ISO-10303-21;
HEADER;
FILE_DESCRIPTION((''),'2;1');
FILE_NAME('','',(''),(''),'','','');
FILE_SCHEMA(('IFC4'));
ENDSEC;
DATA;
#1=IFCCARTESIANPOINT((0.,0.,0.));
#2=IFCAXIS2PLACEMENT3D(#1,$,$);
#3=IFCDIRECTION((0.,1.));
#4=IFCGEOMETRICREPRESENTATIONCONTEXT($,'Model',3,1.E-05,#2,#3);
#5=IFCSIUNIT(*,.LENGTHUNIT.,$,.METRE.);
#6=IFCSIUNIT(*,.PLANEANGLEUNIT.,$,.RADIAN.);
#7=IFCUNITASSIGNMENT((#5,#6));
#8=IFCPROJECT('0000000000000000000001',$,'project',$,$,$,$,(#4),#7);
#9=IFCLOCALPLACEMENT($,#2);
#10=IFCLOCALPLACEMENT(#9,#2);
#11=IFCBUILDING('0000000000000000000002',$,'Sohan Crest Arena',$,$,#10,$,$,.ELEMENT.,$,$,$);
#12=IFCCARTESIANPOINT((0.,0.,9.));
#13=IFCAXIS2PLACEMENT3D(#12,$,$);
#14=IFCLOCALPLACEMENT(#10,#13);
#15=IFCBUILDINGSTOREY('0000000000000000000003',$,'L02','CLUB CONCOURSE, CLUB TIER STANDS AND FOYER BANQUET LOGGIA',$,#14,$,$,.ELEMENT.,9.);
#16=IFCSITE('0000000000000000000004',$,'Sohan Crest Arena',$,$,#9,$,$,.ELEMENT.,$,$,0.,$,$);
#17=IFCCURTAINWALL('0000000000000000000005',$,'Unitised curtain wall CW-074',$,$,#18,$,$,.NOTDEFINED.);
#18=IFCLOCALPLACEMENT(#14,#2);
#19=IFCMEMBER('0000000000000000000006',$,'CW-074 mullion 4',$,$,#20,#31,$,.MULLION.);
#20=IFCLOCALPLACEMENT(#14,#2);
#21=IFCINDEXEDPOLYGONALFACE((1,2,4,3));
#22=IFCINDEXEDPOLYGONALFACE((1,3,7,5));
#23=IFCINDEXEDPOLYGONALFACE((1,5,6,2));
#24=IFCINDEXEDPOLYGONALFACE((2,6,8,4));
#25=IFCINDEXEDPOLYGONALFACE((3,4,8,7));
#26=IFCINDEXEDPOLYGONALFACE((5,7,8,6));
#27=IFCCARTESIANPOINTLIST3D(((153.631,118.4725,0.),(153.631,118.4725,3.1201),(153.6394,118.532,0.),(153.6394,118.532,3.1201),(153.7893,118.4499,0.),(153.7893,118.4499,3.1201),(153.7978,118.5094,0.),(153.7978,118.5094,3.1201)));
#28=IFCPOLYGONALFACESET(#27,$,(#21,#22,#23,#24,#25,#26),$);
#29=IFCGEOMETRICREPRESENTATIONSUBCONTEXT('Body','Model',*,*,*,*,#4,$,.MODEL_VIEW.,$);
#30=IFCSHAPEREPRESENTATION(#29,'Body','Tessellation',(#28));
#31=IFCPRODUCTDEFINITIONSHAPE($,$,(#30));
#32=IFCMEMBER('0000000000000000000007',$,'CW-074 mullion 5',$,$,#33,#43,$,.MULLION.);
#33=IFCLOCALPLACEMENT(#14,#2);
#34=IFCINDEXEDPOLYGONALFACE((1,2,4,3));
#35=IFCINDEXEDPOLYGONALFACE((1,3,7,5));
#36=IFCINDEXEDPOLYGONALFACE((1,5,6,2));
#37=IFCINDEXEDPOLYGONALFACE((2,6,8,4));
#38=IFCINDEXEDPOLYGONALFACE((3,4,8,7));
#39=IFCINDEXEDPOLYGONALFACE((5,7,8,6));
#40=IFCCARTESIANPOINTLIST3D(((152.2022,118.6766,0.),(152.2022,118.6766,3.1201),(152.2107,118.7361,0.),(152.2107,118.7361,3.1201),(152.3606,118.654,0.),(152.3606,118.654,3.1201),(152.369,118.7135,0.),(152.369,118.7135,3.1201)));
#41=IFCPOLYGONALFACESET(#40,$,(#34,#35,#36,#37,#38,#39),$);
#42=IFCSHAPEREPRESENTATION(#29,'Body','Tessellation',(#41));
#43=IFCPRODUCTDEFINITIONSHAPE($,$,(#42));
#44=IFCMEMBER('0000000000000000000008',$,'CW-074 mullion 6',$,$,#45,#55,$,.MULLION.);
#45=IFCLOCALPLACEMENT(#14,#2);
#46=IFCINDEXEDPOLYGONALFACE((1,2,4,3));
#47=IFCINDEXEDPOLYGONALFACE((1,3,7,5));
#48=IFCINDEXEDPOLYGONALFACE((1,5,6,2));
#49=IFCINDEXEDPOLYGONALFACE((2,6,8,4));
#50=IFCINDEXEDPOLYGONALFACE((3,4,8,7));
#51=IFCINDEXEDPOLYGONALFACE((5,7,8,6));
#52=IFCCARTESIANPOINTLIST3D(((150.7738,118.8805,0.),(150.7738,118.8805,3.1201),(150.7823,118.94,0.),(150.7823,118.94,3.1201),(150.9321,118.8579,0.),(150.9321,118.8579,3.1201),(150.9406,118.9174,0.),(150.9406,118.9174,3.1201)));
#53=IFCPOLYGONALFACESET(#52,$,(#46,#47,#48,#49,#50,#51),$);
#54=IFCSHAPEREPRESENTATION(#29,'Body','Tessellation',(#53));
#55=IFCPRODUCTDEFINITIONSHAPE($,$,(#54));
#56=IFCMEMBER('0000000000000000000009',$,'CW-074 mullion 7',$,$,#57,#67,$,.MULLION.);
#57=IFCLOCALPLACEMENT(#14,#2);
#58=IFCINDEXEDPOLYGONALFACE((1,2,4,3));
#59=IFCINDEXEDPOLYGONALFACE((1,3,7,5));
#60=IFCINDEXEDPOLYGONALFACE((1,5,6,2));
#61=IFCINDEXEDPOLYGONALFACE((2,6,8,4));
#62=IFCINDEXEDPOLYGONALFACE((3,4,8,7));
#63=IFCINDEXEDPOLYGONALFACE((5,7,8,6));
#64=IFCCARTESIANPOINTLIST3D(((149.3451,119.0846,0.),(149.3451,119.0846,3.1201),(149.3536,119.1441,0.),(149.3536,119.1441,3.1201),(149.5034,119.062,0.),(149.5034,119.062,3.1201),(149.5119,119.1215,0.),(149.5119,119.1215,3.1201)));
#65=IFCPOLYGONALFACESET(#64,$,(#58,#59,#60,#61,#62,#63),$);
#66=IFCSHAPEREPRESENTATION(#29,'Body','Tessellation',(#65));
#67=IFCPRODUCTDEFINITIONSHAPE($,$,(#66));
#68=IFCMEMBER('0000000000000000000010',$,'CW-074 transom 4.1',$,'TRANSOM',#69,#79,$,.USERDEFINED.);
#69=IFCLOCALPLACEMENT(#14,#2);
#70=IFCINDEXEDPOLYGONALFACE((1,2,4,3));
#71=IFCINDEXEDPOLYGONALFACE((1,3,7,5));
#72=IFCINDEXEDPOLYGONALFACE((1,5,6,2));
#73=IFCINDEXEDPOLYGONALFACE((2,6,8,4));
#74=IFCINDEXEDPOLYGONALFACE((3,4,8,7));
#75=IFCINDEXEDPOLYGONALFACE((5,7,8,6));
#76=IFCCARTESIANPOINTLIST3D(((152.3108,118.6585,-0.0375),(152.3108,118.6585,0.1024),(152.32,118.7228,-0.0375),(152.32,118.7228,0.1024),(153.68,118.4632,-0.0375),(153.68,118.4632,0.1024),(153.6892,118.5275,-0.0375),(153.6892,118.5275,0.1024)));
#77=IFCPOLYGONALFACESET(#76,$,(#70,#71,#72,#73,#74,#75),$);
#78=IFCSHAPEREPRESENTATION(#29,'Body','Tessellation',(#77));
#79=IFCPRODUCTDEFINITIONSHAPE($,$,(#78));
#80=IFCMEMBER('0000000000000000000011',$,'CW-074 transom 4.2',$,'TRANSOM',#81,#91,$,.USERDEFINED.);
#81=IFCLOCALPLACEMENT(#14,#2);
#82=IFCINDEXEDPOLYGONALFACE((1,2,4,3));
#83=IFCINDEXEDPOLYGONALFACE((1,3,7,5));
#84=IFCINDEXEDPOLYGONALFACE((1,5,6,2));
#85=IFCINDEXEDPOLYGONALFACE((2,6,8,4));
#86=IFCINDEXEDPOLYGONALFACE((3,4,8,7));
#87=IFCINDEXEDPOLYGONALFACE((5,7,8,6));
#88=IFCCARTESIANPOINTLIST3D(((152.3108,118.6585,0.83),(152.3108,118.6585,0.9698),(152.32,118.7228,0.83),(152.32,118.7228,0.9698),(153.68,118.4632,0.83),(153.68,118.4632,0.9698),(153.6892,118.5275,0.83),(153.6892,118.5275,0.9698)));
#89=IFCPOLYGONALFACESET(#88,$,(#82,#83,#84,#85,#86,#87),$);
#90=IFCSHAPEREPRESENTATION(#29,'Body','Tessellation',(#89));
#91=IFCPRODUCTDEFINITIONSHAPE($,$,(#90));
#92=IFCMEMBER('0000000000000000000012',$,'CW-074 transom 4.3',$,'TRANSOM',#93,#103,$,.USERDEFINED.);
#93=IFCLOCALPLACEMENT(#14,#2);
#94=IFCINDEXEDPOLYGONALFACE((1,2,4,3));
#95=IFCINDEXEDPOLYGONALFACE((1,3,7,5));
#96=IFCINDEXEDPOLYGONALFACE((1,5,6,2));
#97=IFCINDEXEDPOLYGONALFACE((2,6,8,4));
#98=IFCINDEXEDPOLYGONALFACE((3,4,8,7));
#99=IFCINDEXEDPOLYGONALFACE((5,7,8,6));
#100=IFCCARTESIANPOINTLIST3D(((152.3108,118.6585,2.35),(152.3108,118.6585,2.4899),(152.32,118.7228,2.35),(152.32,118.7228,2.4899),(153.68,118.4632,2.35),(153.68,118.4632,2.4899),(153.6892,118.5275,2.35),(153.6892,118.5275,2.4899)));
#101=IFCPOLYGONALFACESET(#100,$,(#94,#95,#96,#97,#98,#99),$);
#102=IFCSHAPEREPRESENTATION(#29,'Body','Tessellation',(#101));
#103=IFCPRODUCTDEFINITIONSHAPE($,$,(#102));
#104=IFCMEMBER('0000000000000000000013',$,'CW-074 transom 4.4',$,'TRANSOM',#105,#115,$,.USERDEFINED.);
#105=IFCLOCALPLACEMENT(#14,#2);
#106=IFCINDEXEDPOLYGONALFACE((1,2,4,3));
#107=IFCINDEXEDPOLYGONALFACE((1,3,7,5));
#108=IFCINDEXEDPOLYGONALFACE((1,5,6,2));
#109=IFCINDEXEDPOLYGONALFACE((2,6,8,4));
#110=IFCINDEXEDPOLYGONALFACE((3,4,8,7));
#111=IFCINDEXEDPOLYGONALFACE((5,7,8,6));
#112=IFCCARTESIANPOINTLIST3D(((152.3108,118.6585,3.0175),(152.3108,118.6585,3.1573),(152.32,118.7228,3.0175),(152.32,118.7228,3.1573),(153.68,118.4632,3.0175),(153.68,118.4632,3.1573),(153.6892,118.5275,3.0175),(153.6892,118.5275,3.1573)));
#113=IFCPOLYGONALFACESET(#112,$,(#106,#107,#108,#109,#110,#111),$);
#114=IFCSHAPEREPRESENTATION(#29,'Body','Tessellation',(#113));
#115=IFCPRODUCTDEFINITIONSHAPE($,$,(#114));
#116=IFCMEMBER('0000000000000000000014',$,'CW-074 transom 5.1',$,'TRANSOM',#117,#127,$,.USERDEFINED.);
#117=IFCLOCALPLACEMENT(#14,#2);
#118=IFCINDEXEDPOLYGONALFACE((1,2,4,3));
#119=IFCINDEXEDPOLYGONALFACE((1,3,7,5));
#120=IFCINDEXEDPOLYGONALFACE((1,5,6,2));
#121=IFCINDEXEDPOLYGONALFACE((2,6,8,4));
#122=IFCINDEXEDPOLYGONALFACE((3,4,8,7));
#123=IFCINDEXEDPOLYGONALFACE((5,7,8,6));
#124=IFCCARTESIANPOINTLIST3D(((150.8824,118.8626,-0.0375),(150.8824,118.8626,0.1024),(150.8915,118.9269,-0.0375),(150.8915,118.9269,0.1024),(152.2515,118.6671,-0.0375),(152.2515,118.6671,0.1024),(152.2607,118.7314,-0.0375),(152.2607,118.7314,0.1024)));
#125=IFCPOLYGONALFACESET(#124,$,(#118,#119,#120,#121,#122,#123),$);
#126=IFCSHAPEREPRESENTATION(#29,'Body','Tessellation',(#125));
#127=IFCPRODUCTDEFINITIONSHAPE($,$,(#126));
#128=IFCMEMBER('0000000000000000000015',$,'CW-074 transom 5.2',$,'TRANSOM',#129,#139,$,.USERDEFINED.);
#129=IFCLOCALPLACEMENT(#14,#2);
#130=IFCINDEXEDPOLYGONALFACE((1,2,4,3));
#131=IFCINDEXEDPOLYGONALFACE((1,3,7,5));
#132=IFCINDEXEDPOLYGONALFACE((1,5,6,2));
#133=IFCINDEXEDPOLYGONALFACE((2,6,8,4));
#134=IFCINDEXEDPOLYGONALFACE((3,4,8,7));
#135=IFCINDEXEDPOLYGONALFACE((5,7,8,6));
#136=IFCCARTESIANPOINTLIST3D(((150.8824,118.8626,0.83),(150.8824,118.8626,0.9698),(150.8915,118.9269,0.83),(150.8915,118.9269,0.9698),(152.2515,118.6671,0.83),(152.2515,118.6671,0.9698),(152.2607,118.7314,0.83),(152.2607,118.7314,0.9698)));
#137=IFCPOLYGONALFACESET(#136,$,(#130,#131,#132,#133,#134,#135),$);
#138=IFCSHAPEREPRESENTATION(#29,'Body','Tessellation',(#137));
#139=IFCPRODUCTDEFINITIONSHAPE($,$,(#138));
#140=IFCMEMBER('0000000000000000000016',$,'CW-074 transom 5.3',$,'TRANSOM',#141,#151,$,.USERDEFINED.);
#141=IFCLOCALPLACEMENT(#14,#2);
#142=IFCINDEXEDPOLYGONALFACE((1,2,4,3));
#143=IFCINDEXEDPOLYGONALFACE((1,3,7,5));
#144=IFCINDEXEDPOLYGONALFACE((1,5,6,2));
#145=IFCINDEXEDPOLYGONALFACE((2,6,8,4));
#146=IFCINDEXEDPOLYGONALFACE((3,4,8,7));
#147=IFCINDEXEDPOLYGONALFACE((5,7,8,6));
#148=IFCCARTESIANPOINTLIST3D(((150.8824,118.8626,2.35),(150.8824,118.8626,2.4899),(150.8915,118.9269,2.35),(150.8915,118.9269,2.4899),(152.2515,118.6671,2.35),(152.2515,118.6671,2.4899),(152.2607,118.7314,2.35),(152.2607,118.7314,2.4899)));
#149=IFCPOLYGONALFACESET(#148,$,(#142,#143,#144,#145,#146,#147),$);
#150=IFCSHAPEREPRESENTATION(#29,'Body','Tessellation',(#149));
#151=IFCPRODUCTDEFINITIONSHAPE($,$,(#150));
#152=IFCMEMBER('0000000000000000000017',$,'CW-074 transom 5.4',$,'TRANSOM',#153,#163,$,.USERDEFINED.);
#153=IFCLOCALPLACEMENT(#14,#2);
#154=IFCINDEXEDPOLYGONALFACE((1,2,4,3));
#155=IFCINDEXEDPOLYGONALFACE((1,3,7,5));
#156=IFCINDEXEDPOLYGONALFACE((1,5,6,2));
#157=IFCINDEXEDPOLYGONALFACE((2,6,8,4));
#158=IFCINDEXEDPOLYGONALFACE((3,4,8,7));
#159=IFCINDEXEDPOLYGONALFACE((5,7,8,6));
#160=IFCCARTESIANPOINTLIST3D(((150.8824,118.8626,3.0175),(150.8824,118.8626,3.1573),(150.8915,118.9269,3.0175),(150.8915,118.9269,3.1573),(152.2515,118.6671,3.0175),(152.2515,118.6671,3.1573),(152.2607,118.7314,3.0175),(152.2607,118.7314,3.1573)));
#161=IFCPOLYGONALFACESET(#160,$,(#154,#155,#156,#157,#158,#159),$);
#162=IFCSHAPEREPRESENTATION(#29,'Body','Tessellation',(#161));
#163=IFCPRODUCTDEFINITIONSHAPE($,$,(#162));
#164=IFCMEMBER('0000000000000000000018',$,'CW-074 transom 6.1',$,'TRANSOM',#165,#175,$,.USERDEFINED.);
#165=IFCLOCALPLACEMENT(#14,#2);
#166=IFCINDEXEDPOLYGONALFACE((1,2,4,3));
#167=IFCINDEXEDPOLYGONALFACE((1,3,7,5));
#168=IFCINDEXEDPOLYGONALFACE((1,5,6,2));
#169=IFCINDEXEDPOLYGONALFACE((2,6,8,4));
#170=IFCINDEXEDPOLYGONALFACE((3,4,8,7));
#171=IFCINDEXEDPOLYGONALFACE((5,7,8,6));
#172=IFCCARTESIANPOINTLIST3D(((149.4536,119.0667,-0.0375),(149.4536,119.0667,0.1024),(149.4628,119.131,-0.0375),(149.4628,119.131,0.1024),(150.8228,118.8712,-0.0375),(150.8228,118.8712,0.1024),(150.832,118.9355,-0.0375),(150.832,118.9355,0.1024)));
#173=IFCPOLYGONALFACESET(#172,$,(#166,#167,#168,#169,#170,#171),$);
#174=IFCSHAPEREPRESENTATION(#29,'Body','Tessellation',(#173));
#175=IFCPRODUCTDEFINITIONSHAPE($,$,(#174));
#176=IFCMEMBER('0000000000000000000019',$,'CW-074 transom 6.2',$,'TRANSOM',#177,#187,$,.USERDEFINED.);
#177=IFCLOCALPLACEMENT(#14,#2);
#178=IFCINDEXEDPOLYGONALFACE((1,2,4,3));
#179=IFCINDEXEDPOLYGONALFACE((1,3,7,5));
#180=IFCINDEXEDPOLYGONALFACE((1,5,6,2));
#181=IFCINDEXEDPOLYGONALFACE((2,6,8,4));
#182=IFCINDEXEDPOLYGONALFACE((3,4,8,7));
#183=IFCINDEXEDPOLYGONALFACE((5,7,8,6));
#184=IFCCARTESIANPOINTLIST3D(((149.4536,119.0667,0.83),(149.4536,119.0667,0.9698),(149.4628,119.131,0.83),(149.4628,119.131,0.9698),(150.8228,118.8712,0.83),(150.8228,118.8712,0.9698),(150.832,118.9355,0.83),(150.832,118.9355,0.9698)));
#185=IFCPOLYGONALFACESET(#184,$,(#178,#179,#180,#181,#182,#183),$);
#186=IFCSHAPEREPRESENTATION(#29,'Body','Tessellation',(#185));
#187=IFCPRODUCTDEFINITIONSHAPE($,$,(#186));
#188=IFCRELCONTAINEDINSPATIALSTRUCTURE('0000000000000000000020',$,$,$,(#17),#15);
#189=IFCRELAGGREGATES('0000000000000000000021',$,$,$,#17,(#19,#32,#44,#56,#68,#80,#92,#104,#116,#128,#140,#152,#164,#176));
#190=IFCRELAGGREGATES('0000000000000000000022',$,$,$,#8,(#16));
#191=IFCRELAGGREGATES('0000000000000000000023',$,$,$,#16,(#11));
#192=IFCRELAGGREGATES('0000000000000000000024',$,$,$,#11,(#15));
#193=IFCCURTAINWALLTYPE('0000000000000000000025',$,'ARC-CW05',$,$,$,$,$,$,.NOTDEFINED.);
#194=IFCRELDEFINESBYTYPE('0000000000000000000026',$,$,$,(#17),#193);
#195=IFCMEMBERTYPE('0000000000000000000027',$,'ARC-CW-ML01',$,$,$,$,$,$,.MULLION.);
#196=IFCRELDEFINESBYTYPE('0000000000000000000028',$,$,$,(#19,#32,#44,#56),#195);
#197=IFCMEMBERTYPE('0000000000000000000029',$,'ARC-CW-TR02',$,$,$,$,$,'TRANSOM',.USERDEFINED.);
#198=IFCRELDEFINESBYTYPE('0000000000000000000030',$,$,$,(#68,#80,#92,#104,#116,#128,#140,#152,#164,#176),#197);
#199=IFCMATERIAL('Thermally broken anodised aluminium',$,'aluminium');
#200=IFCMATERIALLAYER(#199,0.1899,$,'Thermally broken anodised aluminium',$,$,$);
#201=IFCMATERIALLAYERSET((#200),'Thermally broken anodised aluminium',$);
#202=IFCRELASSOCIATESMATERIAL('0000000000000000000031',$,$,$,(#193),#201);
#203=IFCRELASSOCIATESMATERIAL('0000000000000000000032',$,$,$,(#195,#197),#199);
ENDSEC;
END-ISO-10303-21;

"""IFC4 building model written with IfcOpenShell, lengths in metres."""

from ifc_helpers import new_model, si_unit, direction, frame, origin, origin_2d, place, context, subcontext, project, spatial, rectangle, extrude, material, layer, layer_set, material_profile, profile_set, type_object, element, aggregate, save


model = new_model("IFC4")

# Units and contexts
model_context = context("Model", 3, precision=1e-05, world=origin(), true_north=direction((0.0, 1.0)))
body_context = subcontext(model_context, "Body", "Model", "MODEL_VIEW")
ifc_project = project(units=[si_unit("LENGTHUNIT", "METRE"), si_unit("PLANEANGLEUNIT", "RADIAN")], contexts=[model_context])

# Site, building, storey
site_placement = place(None, origin())
site = spatial("IfcSite", under=ifc_project, at=site_placement, Name="Sohan Crest Arena", CompositionType="ELEMENT", RefElevation=0.0)
building_placement = place(site_placement, origin())
building = spatial("IfcBuilding", under=site, at=building_placement, Name="Sohan Crest Arena", CompositionType="ELEMENT")
storey_placement = place(building_placement, frame((0.0, 0.0, 9.0)))
storey = spatial("IfcBuildingStorey", under=building, at=storey_placement, Name="L02", Description="CLUB CONCOURSE, CLUB TIER STANDS AND FOYER BANQUET LOGGIA", CompositionType="ELEMENT", Elevation=9.0)

# Curtain wall, members
ifc_material_1 = material(Name="Thermally broken anodised aluminium", Category="aluminium")
ifc_layer_1 = layer(ifc_material_1, 0.1899, Name="Thermally broken anodised aluminium")
ifc_layer_set_1 = layer_set([ifc_layer_1], Name="Thermally broken anodised aluminium")
curtain_wall_type = type_object("IfcCurtainWallType", Name="ARC-CW05", PredefinedType="NOTDEFINED", material=ifc_layer_set_1)
curtain_wall_placement = place(storey_placement, origin())
curtain_wall = element("IfcCurtainWall", 1, at=curtain_wall_placement, inside=storey, type_object=curtain_wall_type, Name="Unitised curtain wall CW-074", PredefinedType="NOTDEFINED")
ifc_material_profile_1 = material_profile(ifc_material_1, rectangle(XDim=0.0601, YDim=0.1599, at=origin_2d()), Name="ALU-MULL 60x160")
ifc_profile_set_1 = profile_set([ifc_material_profile_1], Name="Thermally broken anodised aluminium")
member_type_1 = type_object("IfcMemberType", Name="ARC-CW-ML01", PredefinedType="MULLION", material=ifc_profile_set_1)
member_1_placement = place(storey_placement, frame((153.7144, 118.491, 0.0), z_axis=(0.0, 0.0, 1.0), x_axis=(-0.141366, -0.989957, 0.0)))
member_1 = element("IfcMember", 2, at=member_1_placement, type_object=member_type_1, Name="CW-074 mullion 4", PredefinedType="MULLION", context=body_context, shape_type="SweptSolid", body=[
    extrude(rectangle(XDim=0.0601, YDim=0.1599, at=origin_2d()), origin(), (0.0, 0.0, 1.0), 3.1201),
])
member_2_placement = place(storey_placement, frame((152.2856, 118.6951, 0.0), z_axis=(0.0, 0.0, 1.0), x_axis=(-0.141366, -0.989957, 0.0)))
member_2 = element("IfcMember", 3, at=member_2_placement, type_object=member_type_1, Name="CW-074 mullion 5", PredefinedType="MULLION", context=body_context, shape_type="SweptSolid", body=[
    extrude(rectangle(XDim=0.0601, YDim=0.1599, at=origin_2d()), origin(), (0.0, 0.0, 1.0), 3.1201),
])
member_3_placement = place(storey_placement, frame((150.8572, 118.8989, 0.0), z_axis=(0.0, 0.0, 1.0), x_axis=(-0.141366, -0.989957, 0.0)))
member_3 = element("IfcMember", 4, at=member_3_placement, type_object=member_type_1, Name="CW-074 mullion 6", PredefinedType="MULLION", context=body_context, shape_type="SweptSolid", body=[
    extrude(rectangle(XDim=0.0601, YDim=0.1599, at=origin_2d()), origin(), (0.0, 0.0, 1.0), 3.1201),
])
member_4_placement = place(storey_placement, frame((149.4285, 119.103, 0.0), z_axis=(0.0, 0.0, 1.0), x_axis=(-0.141366, -0.989957, 0.0)))
member_4 = element("IfcMember", 5, at=member_4_placement, type_object=member_type_1, Name="CW-074 mullion 7", PredefinedType="MULLION", context=body_context, shape_type="SweptSolid", body=[
    extrude(rectangle(XDim=0.0601, YDim=0.1599, at=origin_2d()), origin(), (0.0, 0.0, 1.0), 3.1201),
])
ifc_material_profile_2 = material_profile(ifc_material_1, rectangle(XDim=0.0649, YDim=0.1399, at=origin_2d()), Name="ALU-TRAN 65x140")
ifc_profile_set_2 = profile_set([ifc_material_profile_2], Name="Thermally broken anodised aluminium")
member_type_2 = type_object("IfcMemberType", Name="ARC-CW-TR02", ElementType="TRANSOM", PredefinedType="USERDEFINED", material=ifc_profile_set_2)
member_5_placement = place(storey_placement, frame((153.6846, 118.4954, 0.0325), z_axis=(-0.989978, 0.141224, 0.0), x_axis=(-0.141224, -0.989978, 0.0)))
member_5 = element("IfcMember", 6, at=member_5_placement, type_object=member_type_2, Name="CW-074 transom 4.1", ObjectType="TRANSOM", PredefinedType="USERDEFINED", context=body_context, shape_type="SweptSolid", body=[
    extrude(rectangle(XDim=0.0649, YDim=0.1399, at=origin_2d()), origin(), (0.0, 0.0, 1.0), 1.3831),
])
member_6_placement = place(storey_placement, frame((153.6846, 118.4954, 0.8999), z_axis=(-0.989978, 0.141224, 0.0), x_axis=(-0.141224, -0.989978, 0.0)))
member_6 = element("IfcMember", 7, at=member_6_placement, type_object=member_type_2, Name="CW-074 transom 4.2", ObjectType="TRANSOM", PredefinedType="USERDEFINED", context=body_context, shape_type="SweptSolid", body=[
    extrude(rectangle(XDim=0.0649, YDim=0.1399, at=origin_2d()), origin(), (0.0, 0.0, 1.0), 1.3831),
])
member_7_placement = place(storey_placement, frame((153.6846, 118.4954, 2.4199), z_axis=(-0.989978, 0.141224, 0.0), x_axis=(-0.141224, -0.989978, 0.0)))
member_7 = element("IfcMember", 8, at=member_7_placement, type_object=member_type_2, Name="CW-074 transom 4.3", ObjectType="TRANSOM", PredefinedType="USERDEFINED", context=body_context, shape_type="SweptSolid", body=[
    extrude(rectangle(XDim=0.0649, YDim=0.1399, at=origin_2d()), origin(), (0.0, 0.0, 1.0), 1.3831),
])
member_8_placement = place(storey_placement, frame((153.6846, 118.4954, 3.0874), z_axis=(-0.989978, 0.141224, 0.0), x_axis=(-0.141224, -0.989978, 0.0)))
member_8 = element("IfcMember", 9, at=member_8_placement, type_object=member_type_2, Name="CW-074 transom 4.4", ObjectType="TRANSOM", PredefinedType="USERDEFINED", context=body_context, shape_type="SweptSolid", body=[
    extrude(rectangle(XDim=0.0649, YDim=0.1399, at=origin_2d()), origin(), (0.0, 0.0, 1.0), 1.3831),
])
member_9_placement = place(storey_placement, frame((152.2561, 118.6992, 0.0325), z_axis=(-0.989953, 0.141397, 0.0), x_axis=(-0.141397, -0.989953, 0.0)))
member_9 = element("IfcMember", 10, at=member_9_placement, type_object=member_type_2, Name="CW-074 transom 5.1", ObjectType="TRANSOM", PredefinedType="USERDEFINED", context=body_context, shape_type="SweptSolid", body=[
    extrude(rectangle(XDim=0.0649, YDim=0.1399, at=origin_2d()), origin(), (0.0, 0.0, 1.0), 1.3831),
])
member_10_placement = place(storey_placement, frame((152.2561, 118.6992, 0.8999), z_axis=(-0.989953, 0.141397, 0.0), x_axis=(-0.141397, -0.989953, 0.0)))
member_10 = element("IfcMember", 11, at=member_10_placement, type_object=member_type_2, Name="CW-074 transom 5.2", ObjectType="TRANSOM", PredefinedType="USERDEFINED", context=body_context, shape_type="SweptSolid", body=[
    extrude(rectangle(XDim=0.0649, YDim=0.1399, at=origin_2d()), origin(), (0.0, 0.0, 1.0), 1.3831),
])
member_11_placement = place(storey_placement, frame((152.2561, 118.6992, 2.4199), z_axis=(-0.989953, 0.141397, 0.0), x_axis=(-0.141397, -0.989953, 0.0)))
member_11 = element("IfcMember", 12, at=member_11_placement, type_object=member_type_2, Name="CW-074 transom 5.3", ObjectType="TRANSOM", PredefinedType="USERDEFINED", context=body_context, shape_type="SweptSolid", body=[
    extrude(rectangle(XDim=0.0649, YDim=0.1399, at=origin_2d()), origin(), (0.0, 0.0, 1.0), 1.3831),
])
member_12_placement = place(storey_placement, frame((152.2561, 118.6992, 3.0874), z_axis=(-0.989953, 0.141397, 0.0), x_axis=(-0.141397, -0.989953, 0.0)))
member_12 = element("IfcMember", 13, at=member_12_placement, type_object=member_type_2, Name="CW-074 transom 5.4", ObjectType="TRANSOM", PredefinedType="USERDEFINED", context=body_context, shape_type="SweptSolid", body=[
    extrude(rectangle(XDim=0.0649, YDim=0.1399, at=origin_2d()), origin(), (0.0, 0.0, 1.0), 1.3831),
])
member_13_placement = place(storey_placement, frame((150.8274, 118.9033, 0.0325), z_axis=(-0.989953, 0.141397, 0.0), x_axis=(-0.141397, -0.989953, 0.0)))
member_13 = element("IfcMember", 14, at=member_13_placement, type_object=member_type_2, Name="CW-074 transom 6.1", ObjectType="TRANSOM", PredefinedType="USERDEFINED", context=body_context, shape_type="SweptSolid", body=[
    extrude(rectangle(XDim=0.0649, YDim=0.1399, at=origin_2d()), origin(), (0.0, 0.0, 1.0), 1.3831),
])
member_14_placement = place(storey_placement, frame((150.8274, 118.9033, 0.8999), z_axis=(-0.989953, 0.141397, 0.0), x_axis=(-0.141397, -0.989953, 0.0)))
member_14 = element("IfcMember", 15, at=member_14_placement, type_object=member_type_2, Name="CW-074 transom 6.2", ObjectType="TRANSOM", PredefinedType="USERDEFINED", context=body_context, shape_type="SweptSolid", body=[
    extrude(rectangle(XDim=0.0649, YDim=0.1399, at=origin_2d()), origin(), (0.0, 0.0, 1.0), 1.3831),
])
aggregate(curtain_wall, [member_1, member_2, member_3, member_4, member_5, member_6, member_7, member_8, member_9, member_10, member_11, member_12, member_13, member_14])

save(model, "model.ifc")
